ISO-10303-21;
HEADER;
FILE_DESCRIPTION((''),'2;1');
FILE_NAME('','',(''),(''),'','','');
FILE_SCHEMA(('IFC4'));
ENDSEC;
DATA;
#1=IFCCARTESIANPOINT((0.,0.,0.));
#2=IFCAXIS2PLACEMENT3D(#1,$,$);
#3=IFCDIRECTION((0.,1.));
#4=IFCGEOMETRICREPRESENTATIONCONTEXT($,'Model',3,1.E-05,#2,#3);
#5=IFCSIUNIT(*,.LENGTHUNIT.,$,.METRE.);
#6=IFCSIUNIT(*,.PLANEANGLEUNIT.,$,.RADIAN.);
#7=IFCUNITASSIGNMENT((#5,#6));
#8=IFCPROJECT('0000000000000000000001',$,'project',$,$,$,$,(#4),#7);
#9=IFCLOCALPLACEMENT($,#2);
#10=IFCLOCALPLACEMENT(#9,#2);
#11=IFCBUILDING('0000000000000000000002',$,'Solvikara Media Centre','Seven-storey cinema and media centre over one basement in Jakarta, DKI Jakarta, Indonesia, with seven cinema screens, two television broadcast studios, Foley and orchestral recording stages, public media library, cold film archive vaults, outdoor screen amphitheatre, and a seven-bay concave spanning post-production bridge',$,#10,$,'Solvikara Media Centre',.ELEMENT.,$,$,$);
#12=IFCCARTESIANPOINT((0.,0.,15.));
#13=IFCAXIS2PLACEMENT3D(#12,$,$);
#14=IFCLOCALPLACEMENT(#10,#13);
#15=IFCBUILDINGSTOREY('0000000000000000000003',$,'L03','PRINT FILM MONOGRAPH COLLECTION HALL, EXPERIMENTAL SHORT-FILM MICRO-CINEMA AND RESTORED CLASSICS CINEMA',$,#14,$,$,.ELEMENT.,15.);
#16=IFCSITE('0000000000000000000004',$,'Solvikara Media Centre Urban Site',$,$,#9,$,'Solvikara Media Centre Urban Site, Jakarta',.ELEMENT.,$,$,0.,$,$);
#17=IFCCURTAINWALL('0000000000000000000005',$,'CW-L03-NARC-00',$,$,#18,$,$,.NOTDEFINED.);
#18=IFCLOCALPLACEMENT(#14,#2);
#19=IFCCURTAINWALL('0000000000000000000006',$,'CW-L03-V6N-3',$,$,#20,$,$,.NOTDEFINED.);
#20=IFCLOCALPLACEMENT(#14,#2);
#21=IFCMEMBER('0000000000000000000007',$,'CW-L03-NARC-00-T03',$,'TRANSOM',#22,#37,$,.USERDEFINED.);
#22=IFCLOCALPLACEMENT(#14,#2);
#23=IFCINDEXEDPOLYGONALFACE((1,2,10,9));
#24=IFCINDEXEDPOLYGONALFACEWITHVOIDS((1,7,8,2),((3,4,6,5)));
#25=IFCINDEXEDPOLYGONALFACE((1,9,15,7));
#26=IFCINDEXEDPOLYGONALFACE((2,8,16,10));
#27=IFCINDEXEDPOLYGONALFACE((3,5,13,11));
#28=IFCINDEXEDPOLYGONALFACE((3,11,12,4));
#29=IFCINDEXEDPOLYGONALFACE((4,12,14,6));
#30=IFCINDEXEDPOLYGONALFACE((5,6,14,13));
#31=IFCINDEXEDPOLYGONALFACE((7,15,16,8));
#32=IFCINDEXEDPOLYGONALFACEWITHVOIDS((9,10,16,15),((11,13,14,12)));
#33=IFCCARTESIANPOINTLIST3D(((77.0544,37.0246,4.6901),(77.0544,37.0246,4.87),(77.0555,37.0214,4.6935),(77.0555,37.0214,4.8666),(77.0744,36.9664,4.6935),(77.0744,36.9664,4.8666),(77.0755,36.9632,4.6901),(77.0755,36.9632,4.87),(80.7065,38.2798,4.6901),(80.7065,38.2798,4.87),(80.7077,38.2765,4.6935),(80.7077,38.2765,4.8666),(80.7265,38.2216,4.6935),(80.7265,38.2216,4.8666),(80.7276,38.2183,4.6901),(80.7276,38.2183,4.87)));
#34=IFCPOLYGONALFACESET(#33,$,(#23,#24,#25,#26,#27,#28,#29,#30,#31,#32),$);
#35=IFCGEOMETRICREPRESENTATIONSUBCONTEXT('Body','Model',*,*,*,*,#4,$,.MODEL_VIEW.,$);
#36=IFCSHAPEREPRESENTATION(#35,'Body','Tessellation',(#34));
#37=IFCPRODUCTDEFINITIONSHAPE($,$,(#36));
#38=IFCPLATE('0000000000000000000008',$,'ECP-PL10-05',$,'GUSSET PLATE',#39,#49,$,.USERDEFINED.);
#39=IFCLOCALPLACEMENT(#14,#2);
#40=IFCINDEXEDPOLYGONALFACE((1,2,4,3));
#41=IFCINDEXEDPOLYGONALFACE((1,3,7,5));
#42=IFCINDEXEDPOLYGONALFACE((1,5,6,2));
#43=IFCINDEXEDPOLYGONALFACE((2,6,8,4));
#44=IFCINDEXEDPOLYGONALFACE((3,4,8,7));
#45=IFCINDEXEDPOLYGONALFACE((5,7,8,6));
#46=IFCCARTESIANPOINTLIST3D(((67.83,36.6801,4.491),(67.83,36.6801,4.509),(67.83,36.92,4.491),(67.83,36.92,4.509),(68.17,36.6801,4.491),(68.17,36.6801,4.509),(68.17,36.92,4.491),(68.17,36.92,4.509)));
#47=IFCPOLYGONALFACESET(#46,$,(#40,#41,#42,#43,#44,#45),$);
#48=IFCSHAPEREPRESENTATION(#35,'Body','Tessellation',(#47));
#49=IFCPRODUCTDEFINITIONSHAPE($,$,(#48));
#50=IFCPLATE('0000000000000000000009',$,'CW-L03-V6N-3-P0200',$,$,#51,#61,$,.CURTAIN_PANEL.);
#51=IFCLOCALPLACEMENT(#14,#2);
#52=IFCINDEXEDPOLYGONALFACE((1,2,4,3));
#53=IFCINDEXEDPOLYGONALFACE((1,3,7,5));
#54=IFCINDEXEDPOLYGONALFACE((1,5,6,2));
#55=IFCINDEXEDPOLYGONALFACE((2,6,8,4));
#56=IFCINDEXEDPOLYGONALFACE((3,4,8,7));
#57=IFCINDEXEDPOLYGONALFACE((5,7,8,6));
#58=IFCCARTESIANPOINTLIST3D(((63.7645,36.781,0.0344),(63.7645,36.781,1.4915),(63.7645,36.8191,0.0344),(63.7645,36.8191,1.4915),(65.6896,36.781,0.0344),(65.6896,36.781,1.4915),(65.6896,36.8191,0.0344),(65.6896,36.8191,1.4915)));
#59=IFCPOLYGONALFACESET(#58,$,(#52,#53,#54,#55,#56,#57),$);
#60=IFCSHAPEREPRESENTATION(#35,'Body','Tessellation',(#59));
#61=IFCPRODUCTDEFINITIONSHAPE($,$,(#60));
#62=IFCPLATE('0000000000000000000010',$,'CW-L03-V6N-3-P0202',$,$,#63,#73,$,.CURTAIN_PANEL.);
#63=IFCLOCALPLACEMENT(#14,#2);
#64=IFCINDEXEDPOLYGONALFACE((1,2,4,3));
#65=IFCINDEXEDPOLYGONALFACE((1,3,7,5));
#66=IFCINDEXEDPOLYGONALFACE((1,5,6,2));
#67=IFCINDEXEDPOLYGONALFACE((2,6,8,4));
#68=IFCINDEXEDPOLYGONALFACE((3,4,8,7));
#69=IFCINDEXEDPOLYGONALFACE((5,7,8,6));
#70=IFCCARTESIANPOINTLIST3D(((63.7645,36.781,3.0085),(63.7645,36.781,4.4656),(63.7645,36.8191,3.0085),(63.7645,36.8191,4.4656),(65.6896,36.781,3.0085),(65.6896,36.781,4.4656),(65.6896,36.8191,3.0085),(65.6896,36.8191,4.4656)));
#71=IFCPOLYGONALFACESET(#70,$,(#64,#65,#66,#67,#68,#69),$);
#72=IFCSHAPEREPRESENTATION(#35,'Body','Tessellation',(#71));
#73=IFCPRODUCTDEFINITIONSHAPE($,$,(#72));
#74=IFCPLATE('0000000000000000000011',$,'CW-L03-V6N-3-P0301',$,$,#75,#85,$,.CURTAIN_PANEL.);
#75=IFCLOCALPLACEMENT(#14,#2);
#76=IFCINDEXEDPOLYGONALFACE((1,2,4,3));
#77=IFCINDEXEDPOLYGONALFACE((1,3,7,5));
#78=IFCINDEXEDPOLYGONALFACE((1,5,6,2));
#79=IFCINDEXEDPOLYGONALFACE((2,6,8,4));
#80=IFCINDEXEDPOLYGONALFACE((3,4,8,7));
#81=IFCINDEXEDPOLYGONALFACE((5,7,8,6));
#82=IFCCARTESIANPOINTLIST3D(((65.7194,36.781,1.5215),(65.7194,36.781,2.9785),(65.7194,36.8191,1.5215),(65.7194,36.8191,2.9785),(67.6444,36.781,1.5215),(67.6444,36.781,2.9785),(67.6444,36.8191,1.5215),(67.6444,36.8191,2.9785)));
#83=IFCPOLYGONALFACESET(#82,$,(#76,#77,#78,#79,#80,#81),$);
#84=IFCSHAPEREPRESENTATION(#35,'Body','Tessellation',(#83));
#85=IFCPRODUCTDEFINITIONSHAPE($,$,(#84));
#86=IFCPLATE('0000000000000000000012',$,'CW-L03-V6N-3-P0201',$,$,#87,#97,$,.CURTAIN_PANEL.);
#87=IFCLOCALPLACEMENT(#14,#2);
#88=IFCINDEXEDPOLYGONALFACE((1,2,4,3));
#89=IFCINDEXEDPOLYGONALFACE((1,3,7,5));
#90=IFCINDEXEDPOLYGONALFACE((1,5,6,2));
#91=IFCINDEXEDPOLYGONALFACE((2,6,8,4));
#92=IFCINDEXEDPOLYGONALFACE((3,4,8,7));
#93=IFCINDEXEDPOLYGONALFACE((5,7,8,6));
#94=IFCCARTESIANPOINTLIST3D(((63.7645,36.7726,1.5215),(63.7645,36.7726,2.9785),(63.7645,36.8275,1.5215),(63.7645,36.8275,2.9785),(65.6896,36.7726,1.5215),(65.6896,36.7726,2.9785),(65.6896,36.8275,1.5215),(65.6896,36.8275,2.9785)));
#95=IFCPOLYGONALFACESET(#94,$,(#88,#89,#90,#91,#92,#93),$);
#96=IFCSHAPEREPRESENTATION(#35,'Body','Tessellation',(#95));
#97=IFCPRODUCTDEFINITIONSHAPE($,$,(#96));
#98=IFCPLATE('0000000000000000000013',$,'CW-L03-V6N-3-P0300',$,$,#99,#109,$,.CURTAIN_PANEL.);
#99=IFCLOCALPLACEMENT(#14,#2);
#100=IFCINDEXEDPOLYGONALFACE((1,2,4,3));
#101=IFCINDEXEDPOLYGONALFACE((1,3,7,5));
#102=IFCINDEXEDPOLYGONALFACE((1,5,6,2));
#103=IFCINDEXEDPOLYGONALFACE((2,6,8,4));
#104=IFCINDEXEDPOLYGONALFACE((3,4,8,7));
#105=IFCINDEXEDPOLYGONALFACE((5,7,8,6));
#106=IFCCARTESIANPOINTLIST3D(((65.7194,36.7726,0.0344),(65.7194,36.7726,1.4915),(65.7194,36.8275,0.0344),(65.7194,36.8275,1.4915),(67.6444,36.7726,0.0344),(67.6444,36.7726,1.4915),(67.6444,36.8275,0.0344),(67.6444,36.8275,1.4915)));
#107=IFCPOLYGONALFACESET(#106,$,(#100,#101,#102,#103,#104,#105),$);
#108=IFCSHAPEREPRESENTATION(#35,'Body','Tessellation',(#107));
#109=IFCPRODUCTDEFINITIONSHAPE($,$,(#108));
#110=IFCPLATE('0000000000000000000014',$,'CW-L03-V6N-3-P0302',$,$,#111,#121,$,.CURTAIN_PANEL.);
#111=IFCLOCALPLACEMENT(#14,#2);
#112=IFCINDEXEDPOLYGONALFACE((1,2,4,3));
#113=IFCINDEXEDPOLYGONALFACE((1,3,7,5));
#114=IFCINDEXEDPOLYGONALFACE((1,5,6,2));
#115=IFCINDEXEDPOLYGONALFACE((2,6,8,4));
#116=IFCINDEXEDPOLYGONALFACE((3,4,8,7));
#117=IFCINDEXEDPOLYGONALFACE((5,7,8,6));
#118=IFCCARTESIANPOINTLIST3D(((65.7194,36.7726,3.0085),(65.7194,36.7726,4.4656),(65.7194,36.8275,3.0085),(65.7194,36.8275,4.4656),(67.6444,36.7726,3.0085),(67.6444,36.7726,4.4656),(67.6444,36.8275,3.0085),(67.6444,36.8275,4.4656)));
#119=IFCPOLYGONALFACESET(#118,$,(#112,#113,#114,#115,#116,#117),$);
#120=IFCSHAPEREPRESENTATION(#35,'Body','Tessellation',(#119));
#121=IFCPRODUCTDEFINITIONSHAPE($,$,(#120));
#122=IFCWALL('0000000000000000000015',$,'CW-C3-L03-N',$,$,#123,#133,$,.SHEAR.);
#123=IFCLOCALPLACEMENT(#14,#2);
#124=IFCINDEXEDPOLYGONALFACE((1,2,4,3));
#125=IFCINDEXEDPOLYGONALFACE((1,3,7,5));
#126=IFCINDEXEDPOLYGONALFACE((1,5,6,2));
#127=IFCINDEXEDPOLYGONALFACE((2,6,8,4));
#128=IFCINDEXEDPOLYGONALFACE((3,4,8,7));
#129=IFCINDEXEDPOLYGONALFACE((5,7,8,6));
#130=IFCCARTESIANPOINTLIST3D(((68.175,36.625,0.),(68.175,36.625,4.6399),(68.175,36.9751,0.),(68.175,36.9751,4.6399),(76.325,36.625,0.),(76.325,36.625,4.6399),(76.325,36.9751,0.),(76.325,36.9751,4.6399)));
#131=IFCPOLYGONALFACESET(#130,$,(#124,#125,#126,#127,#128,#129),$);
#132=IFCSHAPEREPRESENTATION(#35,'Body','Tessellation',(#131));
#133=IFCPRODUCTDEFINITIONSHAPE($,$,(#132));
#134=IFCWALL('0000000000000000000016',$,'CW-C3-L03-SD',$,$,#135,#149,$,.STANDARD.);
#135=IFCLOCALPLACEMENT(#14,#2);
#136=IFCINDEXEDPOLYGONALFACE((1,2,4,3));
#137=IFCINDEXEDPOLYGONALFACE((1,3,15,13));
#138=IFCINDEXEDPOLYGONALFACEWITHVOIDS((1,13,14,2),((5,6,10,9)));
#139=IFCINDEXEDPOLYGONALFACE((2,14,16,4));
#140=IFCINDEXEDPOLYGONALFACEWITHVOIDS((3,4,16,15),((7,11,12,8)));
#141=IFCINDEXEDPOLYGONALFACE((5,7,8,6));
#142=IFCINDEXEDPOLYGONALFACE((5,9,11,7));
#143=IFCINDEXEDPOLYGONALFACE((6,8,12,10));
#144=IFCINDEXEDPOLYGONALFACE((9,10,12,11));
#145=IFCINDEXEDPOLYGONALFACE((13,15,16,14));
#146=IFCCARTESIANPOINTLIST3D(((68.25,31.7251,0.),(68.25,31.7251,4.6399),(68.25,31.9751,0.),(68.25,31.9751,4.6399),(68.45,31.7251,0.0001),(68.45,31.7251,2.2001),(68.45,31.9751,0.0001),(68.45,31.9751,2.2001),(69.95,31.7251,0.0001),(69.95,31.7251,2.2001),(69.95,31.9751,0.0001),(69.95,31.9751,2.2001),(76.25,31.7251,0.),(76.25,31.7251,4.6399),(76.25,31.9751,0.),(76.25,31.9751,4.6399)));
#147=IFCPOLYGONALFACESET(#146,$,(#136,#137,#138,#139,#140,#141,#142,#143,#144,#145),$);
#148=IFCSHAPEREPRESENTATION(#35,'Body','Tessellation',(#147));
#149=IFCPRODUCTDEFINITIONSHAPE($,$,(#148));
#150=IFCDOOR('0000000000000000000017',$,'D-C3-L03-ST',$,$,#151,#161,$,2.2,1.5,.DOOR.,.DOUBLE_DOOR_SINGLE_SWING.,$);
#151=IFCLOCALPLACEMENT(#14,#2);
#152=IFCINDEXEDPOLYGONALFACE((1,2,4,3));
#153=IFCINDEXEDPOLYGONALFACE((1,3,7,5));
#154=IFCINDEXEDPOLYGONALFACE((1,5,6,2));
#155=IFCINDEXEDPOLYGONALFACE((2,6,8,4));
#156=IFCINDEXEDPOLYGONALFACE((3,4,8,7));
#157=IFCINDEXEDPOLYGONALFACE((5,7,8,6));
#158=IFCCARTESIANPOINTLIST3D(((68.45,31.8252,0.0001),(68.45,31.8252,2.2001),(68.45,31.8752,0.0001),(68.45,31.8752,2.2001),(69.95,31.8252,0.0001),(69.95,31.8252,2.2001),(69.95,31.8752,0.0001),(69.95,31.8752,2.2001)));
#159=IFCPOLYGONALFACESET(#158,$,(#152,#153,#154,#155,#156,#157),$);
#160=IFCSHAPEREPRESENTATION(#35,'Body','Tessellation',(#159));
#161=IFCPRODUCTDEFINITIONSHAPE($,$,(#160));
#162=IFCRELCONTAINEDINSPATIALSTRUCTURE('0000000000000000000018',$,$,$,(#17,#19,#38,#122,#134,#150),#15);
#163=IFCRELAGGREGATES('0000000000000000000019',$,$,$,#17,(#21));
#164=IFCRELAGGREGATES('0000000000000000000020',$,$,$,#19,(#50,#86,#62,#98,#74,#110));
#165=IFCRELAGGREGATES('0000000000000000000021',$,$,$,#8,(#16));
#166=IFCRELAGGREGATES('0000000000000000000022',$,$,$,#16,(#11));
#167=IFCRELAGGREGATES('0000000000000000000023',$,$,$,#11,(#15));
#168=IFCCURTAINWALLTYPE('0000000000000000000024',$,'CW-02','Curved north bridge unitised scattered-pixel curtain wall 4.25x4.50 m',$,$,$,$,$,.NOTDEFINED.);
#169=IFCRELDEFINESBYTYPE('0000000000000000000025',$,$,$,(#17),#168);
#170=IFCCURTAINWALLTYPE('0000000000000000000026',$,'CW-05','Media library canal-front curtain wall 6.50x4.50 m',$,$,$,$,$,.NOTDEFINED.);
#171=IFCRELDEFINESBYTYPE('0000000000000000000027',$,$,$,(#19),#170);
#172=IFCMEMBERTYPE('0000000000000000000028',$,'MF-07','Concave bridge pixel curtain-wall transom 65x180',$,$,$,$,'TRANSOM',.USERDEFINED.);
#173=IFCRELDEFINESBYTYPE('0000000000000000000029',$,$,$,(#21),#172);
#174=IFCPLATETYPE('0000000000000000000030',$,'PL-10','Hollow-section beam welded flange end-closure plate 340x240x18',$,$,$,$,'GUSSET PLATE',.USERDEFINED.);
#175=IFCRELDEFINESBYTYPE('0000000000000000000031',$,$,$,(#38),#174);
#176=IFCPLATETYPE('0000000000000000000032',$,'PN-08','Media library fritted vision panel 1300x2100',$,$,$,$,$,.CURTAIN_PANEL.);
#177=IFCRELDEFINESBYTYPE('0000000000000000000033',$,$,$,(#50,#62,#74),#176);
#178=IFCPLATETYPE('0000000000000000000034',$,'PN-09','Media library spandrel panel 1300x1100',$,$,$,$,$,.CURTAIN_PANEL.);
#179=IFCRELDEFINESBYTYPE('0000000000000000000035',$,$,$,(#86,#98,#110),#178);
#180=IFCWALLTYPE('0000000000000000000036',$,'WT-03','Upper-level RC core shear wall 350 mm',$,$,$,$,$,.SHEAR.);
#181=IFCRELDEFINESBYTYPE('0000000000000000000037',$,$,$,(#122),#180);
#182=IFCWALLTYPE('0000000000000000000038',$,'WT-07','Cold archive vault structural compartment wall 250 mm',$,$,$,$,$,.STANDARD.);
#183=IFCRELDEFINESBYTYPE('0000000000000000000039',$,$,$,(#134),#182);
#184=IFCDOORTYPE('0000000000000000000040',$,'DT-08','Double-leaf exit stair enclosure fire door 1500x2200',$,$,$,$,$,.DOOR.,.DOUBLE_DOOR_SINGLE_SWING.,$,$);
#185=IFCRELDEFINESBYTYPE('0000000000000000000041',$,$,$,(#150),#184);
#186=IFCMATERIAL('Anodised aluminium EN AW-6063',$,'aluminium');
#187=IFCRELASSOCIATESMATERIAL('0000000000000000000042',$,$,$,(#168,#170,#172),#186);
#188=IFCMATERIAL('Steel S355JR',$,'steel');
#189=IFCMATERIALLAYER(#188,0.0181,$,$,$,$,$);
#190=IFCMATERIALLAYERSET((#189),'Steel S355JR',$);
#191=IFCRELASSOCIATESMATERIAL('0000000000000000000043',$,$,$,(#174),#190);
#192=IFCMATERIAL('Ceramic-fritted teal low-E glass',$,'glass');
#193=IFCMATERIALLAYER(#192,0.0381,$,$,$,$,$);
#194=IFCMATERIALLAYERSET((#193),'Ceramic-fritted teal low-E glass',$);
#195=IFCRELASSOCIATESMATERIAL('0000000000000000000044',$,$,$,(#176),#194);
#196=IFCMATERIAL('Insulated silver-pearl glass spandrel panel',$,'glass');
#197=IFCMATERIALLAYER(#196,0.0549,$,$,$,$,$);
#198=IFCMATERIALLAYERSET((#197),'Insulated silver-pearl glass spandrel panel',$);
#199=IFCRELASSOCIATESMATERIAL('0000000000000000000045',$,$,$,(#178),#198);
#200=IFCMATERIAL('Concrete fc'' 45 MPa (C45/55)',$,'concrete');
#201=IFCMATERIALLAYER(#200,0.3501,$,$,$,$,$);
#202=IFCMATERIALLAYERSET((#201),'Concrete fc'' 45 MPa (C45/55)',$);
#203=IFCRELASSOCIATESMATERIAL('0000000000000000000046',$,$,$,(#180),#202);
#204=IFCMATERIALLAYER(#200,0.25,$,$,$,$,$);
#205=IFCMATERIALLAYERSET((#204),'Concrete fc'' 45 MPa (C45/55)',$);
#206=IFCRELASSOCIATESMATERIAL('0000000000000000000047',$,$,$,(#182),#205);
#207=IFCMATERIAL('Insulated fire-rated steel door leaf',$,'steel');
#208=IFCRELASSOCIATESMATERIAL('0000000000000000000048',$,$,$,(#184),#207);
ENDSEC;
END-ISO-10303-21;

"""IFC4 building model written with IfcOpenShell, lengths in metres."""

from ifc_helpers import new_model, si_unit, direction, frame, frame_2d, origin, origin_2d, place, context, subcontext, project, spatial, rectangle, hollow_rectangle, extrude, material, layer, layer_set, material_profile, profile_set, type_object, element, fill, aggregate, save


model = new_model("IFC4")

# Units and contexts
model_context = context("Model", 3, precision=1e-05, world=origin(), true_north=direction((0.0, 1.0)))
body_context = subcontext(model_context, "Body", "Model", "MODEL_VIEW")
ifc_project = project(units=[si_unit("LENGTHUNIT", "METRE"), si_unit("PLANEANGLEUNIT", "RADIAN")], contexts=[model_context])

# Site, building, storey
site_placement = place(None, origin())
site = spatial("IfcSite", under=ifc_project, at=site_placement, Name="Solvikara Media Centre Urban Site", LongName="Solvikara Media Centre Urban Site, Jakarta", CompositionType="ELEMENT", RefElevation=0.0)
building_placement = place(site_placement, origin())
building = spatial("IfcBuilding", under=site, at=building_placement, Name="Solvikara Media Centre", Description="Seven-storey cinema and media centre over one basement in Jakarta, DKI Jakarta, Indonesia, with seven cinema screens, two television broadcast studios, Foley and orchestral recording stages, public media library, cold film archive vaults, outdoor screen amphitheatre, and a seven-bay concave spanning post-production bridge", LongName="Solvikara Media Centre", CompositionType="ELEMENT")
storey_placement = place(building_placement, frame((0.0, 0.0, 15.0)))
storey = spatial("IfcBuildingStorey", under=building, at=storey_placement, Name="L03", Description="PRINT FILM MONOGRAPH COLLECTION HALL, EXPERIMENTAL SHORT-FILM MICRO-CINEMA AND RESTORED CLASSICS CINEMA", CompositionType="ELEMENT", Elevation=15.0)

# Shared definitions
ifc_material_1 = material(Name="Concrete fc' 45 MPa (C45/55)", Category="concrete")

# Shared definitions
ifc_material_2 = material(Name="Steel S355JR", Category="steel")

# Curtain wall
ifc_material_3 = material(Name="Anodised aluminium EN AW-6063", Category="aluminium")
curtain_wall_type_1 = type_object("IfcCurtainWallType", Name="CW-02", Description="Curved north bridge unitised scattered-pixel curtain wall 4.25x4.50 m", PredefinedType="NOTDEFINED", material=ifc_material_3)
curtain_wall_1_placement = place(storey_placement, origin())
curtain_wall_1 = element("IfcCurtainWall", 1, at=curtain_wall_1_placement, inside=storey, type_object=curtain_wall_type_1, Name="CW-L03-NARC-00", PredefinedType="NOTDEFINED")

# Curtain wall
curtain_wall_type_2 = type_object("IfcCurtainWallType", Name="CW-05", Description="Media library canal-front curtain wall 6.50x4.50 m", PredefinedType="NOTDEFINED", material=ifc_material_3)
curtain_wall_2_placement = place(storey_placement, origin())
curtain_wall_2 = element("IfcCurtainWall", 2, at=curtain_wall_2_placement, inside=storey, type_object=curtain_wall_type_2, Name="CW-L03-V6N-3", PredefinedType="NOTDEFINED")

# Member
ifc_material_profile_1 = material_profile(ifc_material_3, hollow_rectangle(XDim=0.0649, YDim=0.1799, WallThickness=0.0034, at=origin_2d()), Name="ALU-T 65x180x3.5")
ifc_profile_set_1 = profile_set([ifc_material_profile_1], Name="Anodised aluminium EN AW-6063")
member_type_1 = type_object("IfcMemberType", Name="MF-07", Description="Concave bridge pixel curtain-wall transom 65x180", ElementType="TRANSOM", PredefinedType="USERDEFINED", material=ifc_profile_set_1)
member_1_placement = place(storey_placement, frame((77.0649, 36.9939, 4.78), z_axis=(0.945709, 0.325014, 0.0), x_axis=(-0.325014, 0.945709, 0.0)))
member_1 = element("IfcMember", 3, at=member_1_placement, type_object=member_type_1, Name="CW-L03-NARC-00-T03", ObjectType="TRANSOM", PredefinedType="USERDEFINED", context=body_context, shape_type="SweptSolid", body=[
    extrude(hollow_rectangle(XDim=0.0649, YDim=0.1799, WallThickness=0.0034, at=origin_2d()), origin(), (0.0, 0.0, 1.0), 3.8618),
])
aggregate(curtain_wall_1, [member_1])

# Plates
ifc_layer_1 = layer(ifc_material_2, 0.0181)
ifc_layer_set_1 = layer_set([ifc_layer_1], Name="Steel S355JR")
plate_type_1 = type_object("IfcPlateType", Name="PL-10", Description="Hollow-section beam welded flange end-closure plate 340x240x18", ElementType="GUSSET PLATE", PredefinedType="USERDEFINED", material=ifc_layer_set_1)
plate_1_placement = place(storey_placement, frame((68.0, 36.8, 4.491), z_axis=(0.0, 0.0, 1.0), x_axis=(1.0, 0.0, 0.0)))
element("IfcPlate", 4, at=plate_1_placement, inside=storey, type_object=plate_type_1, Name="ECP-PL10-05", ObjectType="GUSSET PLATE", PredefinedType="USERDEFINED", context=body_context, shape_type="SweptSolid", body=[
    extrude(rectangle(XDim=0.3401, YDim=0.24, at=origin_2d()), origin(), (0.0, 0.0, 1.0), 0.0181),
])
ifc_material_4 = material(Name="Ceramic-fritted teal low-E glass", Category="glass")
ifc_layer_2 = layer(ifc_material_4, 0.0381)
ifc_layer_set_2 = layer_set([ifc_layer_2], Name="Ceramic-fritted teal low-E glass")
plate_type_2 = type_object("IfcPlateType", Name="PN-08", Description="Media library fritted vision panel 1300x2100", PredefinedType="CURTAIN_PANEL", material=ifc_layer_set_2)
plate_2_placement = place(storey_placement, frame((64.7271, 36.8, 0.0344), z_axis=(0.0, 0.0, 1.0), x_axis=(1.0, 0.0, 0.0)))
plate_2 = element("IfcPlate", 5, at=plate_2_placement, type_object=plate_type_2, Name="CW-L03-V6N-3-P0200", PredefinedType="CURTAIN_PANEL", context=body_context, shape_type="SweptSolid", body=[
    extrude(rectangle(XDim=1.925, YDim=0.0381, at=origin_2d()), origin(), (0.0, 0.0, 1.0), 1.457),
])
plate_3_placement = place(storey_placement, frame((64.7271, 36.8, 3.0085), z_axis=(0.0, 0.0, 1.0), x_axis=(1.0, 0.0, 0.0)))
plate_3 = element("IfcPlate", 6, at=plate_3_placement, type_object=plate_type_2, Name="CW-L03-V6N-3-P0202", PredefinedType="CURTAIN_PANEL", context=body_context, shape_type="SweptSolid", body=[
    extrude(rectangle(XDim=1.925, YDim=0.0381, at=origin_2d()), origin(), (0.0, 0.0, 1.0), 1.457),
])
plate_4_placement = place(storey_placement, frame((66.6819, 36.8, 1.5215), z_axis=(0.0, 0.0, 1.0), x_axis=(1.0, 0.0, 0.0)))
plate_4 = element("IfcPlate", 7, at=plate_4_placement, type_object=plate_type_2, Name="CW-L03-V6N-3-P0301", PredefinedType="CURTAIN_PANEL", context=body_context, shape_type="SweptSolid", body=[
    extrude(rectangle(XDim=1.925, YDim=0.0381, at=origin_2d()), origin(), (0.0, 0.0, 1.0), 1.457),
])
ifc_material_5 = material(Name="Insulated silver-pearl glass spandrel panel", Category="glass")
ifc_layer_3 = layer(ifc_material_5, 0.0549)
ifc_layer_set_3 = layer_set([ifc_layer_3], Name="Insulated silver-pearl glass spandrel panel")
plate_type_3 = type_object("IfcPlateType", Name="PN-09", Description="Media library spandrel panel 1300x1100", PredefinedType="CURTAIN_PANEL", material=ifc_layer_set_3)
plate_5_placement = place(storey_placement, frame((64.7271, 36.8, 1.5215), z_axis=(0.0, 0.0, 1.0), x_axis=(1.0, 0.0, 0.0)))
plate_5 = element("IfcPlate", 8, at=plate_5_placement, type_object=plate_type_3, Name="CW-L03-V6N-3-P0201", PredefinedType="CURTAIN_PANEL", context=body_context, shape_type="SweptSolid", body=[
    extrude(rectangle(XDim=1.925, YDim=0.0549, at=origin_2d()), origin(), (0.0, 0.0, 1.0), 1.457),
])
plate_6_placement = place(storey_placement, frame((66.6819, 36.8, 0.0344), z_axis=(0.0, 0.0, 1.0), x_axis=(1.0, 0.0, 0.0)))
plate_6 = element("IfcPlate", 9, at=plate_6_placement, type_object=plate_type_3, Name="CW-L03-V6N-3-P0300", PredefinedType="CURTAIN_PANEL", context=body_context, shape_type="SweptSolid", body=[
    extrude(rectangle(XDim=1.925, YDim=0.0549, at=origin_2d()), origin(), (0.0, 0.0, 1.0), 1.457),
])
plate_7_placement = place(storey_placement, frame((66.6819, 36.8, 3.0085), z_axis=(0.0, 0.0, 1.0), x_axis=(1.0, 0.0, 0.0)))
plate_7 = element("IfcPlate", 10, at=plate_7_placement, type_object=plate_type_3, Name="CW-L03-V6N-3-P0302", PredefinedType="CURTAIN_PANEL", context=body_context, shape_type="SweptSolid", body=[
    extrude(rectangle(XDim=1.925, YDim=0.0549, at=origin_2d()), origin(), (0.0, 0.0, 1.0), 1.457),
])
aggregate(curtain_wall_2, [plate_2, plate_5, plate_3, plate_6, plate_4, plate_7])

# Wall
ifc_layer_4 = layer(ifc_material_1, 0.3501)
ifc_layer_set_4 = layer_set([ifc_layer_4], Name="Concrete fc' 45 MPa (C45/55)")
wall_type_1 = type_object("IfcWallType", Name="WT-03", Description="Upper-level RC core shear wall 350 mm", PredefinedType="SHEAR", material=ifc_layer_set_4)
wall_1_placement = place(storey_placement, frame((68.175, 36.8, 0.0), z_axis=(0.0, 0.0, 1.0), x_axis=(1.0, 0.0, 0.0)))
element("IfcWall", 11, at=wall_1_placement, inside=storey, type_object=wall_type_1, Name="CW-C3-L03-N", PredefinedType="SHEAR", context=body_context, shape_type="SweptSolid", body=[
    extrude(rectangle(XDim=8.1499, YDim=0.3501, at=frame_2d((4.075, 0.0))), origin(), (0.0, 0.0, 1.0), 4.6399),
])

# Wall, opening, door
ifc_layer_5 = layer(ifc_material_1, 0.25)
ifc_layer_set_5 = layer_set([ifc_layer_5], Name="Concrete fc' 45 MPa (C45/55)")
wall_type_2 = type_object("IfcWallType", Name="WT-07", Description="Cold archive vault structural compartment wall 250 mm", PredefinedType="STANDARD", material=ifc_layer_set_5)
wall_2_placement = place(storey_placement, frame((68.25, 31.8501, 0.0), z_axis=(0.0, 0.0, 1.0), x_axis=(1.0, 0.0, 0.0)))
wall_2 = element("IfcWall", 12, at=wall_2_placement, inside=storey, type_object=wall_type_2, Name="CW-C3-L03-SD", PredefinedType="STANDARD", context=body_context, shape_type="SweptSolid", body=[
    extrude(rectangle(XDim=8.0, YDim=0.25, at=frame_2d((4.0, 0.0))), origin(), (0.0, 0.0, 1.0), 4.6399),
])
opening_1_placement = place(wall_2_placement, frame((0.2, 0.0, 0.0)))
opening_1 = element("IfcOpeningElement", 13, at=opening_1_placement, cuts=wall_2, PredefinedType="OPENING", context=body_context, shape_type="SweptSolid", body=[
    extrude(rectangle(XDim=1.5, YDim=2.2, at=frame_2d((0.75, 1.1001))), frame((0.0, 0.137, 0.0), z_axis=(0.0, -1.0, 0.0), x_axis=(1.0, 0.0, 0.0)), (0.0, 0.0, 1.0), 0.2739),
])
ifc_material_6 = material(Name="Insulated fire-rated steel door leaf", Category="steel")
door_type_1 = type_object("IfcDoorType", Name="DT-08", Description="Double-leaf exit stair enclosure fire door 1500x2200", OperationType="DOUBLE_DOOR_SINGLE_SWING", PredefinedType="DOOR", material=ifc_material_6)
door_1_placement = place(opening_1_placement, frame((1.5, 0.0, 0.0), z_axis=(0.0, 0.0, 1.0), x_axis=(-1.0, 0.0, 0.0)))
door_1 = element("IfcDoor", 14, at=door_1_placement, inside=storey, type_object=door_type_1, Name="D-C3-L03-ST", OperationType="DOUBLE_DOOR_SINGLE_SWING", OverallHeight=2.2, OverallWidth=1.5, PredefinedType="DOOR", context=body_context, shape_type="SweptSolid", body=[
    extrude(rectangle(XDim=1.5, YDim=2.2, at=frame_2d((0.75, 1.1001))), frame((0.0, 0.0249, 0.0), z_axis=(0.0, -1.0, 0.0), x_axis=(1.0, 0.0, 0.0)), (0.0, 0.0, 1.0), 0.05),
])
fill(opening_1, door_1)

save(model, "model.ifc")
